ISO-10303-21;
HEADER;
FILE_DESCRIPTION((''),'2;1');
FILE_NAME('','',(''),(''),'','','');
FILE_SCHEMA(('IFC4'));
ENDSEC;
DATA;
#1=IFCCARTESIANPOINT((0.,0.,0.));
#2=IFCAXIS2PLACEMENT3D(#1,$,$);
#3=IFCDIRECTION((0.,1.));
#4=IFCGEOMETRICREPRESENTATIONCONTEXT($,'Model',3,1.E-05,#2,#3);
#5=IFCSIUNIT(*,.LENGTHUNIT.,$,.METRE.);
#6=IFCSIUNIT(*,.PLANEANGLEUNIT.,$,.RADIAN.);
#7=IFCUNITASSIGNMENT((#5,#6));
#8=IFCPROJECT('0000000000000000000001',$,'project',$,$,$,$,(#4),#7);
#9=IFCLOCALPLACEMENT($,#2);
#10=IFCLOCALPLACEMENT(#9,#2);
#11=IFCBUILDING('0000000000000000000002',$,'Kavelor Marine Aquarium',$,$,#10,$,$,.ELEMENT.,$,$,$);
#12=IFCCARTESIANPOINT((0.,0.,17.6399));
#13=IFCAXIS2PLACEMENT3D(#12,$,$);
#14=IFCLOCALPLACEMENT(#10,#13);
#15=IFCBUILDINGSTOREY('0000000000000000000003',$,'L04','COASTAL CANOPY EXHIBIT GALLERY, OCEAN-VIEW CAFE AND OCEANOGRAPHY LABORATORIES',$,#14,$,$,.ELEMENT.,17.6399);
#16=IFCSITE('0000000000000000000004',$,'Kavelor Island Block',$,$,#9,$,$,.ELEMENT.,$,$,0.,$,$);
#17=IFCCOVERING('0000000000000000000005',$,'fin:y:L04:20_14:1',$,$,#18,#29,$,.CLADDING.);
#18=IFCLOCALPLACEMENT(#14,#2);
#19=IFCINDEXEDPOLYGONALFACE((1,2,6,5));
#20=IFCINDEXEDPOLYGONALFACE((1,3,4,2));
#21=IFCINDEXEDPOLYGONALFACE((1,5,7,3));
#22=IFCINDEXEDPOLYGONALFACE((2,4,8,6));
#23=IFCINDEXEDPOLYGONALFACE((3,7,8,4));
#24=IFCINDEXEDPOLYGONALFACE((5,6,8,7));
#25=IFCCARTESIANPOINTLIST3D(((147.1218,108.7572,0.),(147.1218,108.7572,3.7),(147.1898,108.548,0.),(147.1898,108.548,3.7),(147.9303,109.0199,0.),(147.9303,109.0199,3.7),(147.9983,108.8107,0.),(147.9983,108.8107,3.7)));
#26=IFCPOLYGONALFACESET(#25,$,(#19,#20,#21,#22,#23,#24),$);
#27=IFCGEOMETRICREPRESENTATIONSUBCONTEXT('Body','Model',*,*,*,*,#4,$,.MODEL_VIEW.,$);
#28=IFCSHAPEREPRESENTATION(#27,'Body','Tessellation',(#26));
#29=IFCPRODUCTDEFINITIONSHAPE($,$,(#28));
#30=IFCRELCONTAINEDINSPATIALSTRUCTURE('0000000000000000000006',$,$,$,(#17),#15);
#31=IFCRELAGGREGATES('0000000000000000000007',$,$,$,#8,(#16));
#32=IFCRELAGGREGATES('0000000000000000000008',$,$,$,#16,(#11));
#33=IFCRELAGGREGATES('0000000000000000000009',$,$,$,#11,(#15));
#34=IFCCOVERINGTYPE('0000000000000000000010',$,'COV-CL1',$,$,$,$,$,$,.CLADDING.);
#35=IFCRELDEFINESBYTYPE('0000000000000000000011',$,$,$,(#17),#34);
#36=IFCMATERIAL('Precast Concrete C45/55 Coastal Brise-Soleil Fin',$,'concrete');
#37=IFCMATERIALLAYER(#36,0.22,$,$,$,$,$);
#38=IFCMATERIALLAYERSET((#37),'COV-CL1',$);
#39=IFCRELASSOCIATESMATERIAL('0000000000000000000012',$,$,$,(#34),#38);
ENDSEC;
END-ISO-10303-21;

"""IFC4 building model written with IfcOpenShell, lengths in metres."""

from ifc_helpers import new_model, si_unit, direction, frame, origin, origin_2d, place, context, subcontext, project, spatial, rectangle, extrude, material, layer, layer_set, type_object, element, save


model = new_model("IFC4")

# Units and contexts
model_context = context("Model", 3, precision=1e-05, world=origin(), true_north=direction((0.0, 1.0)))
body_context = subcontext(model_context, "Body", "Model", "MODEL_VIEW")
ifc_project = project(units=[si_unit("LENGTHUNIT", "METRE"), si_unit("PLANEANGLEUNIT", "RADIAN")], contexts=[model_context])

# Site, building, storey
site_placement = place(None, origin())
site = spatial("IfcSite", under=ifc_project, at=site_placement, Name="Kavelor Island Block", CompositionType="ELEMENT", RefElevation=0.0)
building_placement = place(site_placement, origin())
building = spatial("IfcBuilding", under=site, at=building_placement, Name="Kavelor Marine Aquarium", CompositionType="ELEMENT")
storey_placement = place(building_placement, frame((0.0, 0.0, 17.6399)))
storey = spatial("IfcBuildingStorey", under=building, at=storey_placement, Name="L04", Description="COASTAL CANOPY EXHIBIT GALLERY, OCEAN-VIEW CAFE AND OCEANOGRAPHY LABORATORIES", CompositionType="ELEMENT", Elevation=17.6399)

# Covering
ifc_material_1 = material(Name="Precast Concrete C45/55 Coastal Brise-Soleil Fin", Category="concrete")
ifc_layer_1 = layer(ifc_material_1, 0.22)
ifc_layer_set_1 = layer_set([ifc_layer_1], Name="COV-CL1")
covering_type = type_object("IfcCoveringType", Name="COV-CL1", PredefinedType="CLADDING", material=ifc_layer_set_1)
covering_placement = place(storey_placement, frame((147.5601, 108.7839, 0.0), z_axis=(0.0, 0.0, 1.0), x_axis=(0.951057, 0.309017, 0.0)))
element("IfcCovering", 1, at=covering_placement, inside=storey, type_object=covering_type, Name="fin:y:L04:20_14:1", PredefinedType="CLADDING", context=body_context, shape_type="SweptSolid", body=[
    extrude(rectangle(XDim=0.8501, YDim=0.22, at=origin_2d()), origin(), (0.0, 0.0, 1.0), 3.7),
])

save(model, "model.ifc")
